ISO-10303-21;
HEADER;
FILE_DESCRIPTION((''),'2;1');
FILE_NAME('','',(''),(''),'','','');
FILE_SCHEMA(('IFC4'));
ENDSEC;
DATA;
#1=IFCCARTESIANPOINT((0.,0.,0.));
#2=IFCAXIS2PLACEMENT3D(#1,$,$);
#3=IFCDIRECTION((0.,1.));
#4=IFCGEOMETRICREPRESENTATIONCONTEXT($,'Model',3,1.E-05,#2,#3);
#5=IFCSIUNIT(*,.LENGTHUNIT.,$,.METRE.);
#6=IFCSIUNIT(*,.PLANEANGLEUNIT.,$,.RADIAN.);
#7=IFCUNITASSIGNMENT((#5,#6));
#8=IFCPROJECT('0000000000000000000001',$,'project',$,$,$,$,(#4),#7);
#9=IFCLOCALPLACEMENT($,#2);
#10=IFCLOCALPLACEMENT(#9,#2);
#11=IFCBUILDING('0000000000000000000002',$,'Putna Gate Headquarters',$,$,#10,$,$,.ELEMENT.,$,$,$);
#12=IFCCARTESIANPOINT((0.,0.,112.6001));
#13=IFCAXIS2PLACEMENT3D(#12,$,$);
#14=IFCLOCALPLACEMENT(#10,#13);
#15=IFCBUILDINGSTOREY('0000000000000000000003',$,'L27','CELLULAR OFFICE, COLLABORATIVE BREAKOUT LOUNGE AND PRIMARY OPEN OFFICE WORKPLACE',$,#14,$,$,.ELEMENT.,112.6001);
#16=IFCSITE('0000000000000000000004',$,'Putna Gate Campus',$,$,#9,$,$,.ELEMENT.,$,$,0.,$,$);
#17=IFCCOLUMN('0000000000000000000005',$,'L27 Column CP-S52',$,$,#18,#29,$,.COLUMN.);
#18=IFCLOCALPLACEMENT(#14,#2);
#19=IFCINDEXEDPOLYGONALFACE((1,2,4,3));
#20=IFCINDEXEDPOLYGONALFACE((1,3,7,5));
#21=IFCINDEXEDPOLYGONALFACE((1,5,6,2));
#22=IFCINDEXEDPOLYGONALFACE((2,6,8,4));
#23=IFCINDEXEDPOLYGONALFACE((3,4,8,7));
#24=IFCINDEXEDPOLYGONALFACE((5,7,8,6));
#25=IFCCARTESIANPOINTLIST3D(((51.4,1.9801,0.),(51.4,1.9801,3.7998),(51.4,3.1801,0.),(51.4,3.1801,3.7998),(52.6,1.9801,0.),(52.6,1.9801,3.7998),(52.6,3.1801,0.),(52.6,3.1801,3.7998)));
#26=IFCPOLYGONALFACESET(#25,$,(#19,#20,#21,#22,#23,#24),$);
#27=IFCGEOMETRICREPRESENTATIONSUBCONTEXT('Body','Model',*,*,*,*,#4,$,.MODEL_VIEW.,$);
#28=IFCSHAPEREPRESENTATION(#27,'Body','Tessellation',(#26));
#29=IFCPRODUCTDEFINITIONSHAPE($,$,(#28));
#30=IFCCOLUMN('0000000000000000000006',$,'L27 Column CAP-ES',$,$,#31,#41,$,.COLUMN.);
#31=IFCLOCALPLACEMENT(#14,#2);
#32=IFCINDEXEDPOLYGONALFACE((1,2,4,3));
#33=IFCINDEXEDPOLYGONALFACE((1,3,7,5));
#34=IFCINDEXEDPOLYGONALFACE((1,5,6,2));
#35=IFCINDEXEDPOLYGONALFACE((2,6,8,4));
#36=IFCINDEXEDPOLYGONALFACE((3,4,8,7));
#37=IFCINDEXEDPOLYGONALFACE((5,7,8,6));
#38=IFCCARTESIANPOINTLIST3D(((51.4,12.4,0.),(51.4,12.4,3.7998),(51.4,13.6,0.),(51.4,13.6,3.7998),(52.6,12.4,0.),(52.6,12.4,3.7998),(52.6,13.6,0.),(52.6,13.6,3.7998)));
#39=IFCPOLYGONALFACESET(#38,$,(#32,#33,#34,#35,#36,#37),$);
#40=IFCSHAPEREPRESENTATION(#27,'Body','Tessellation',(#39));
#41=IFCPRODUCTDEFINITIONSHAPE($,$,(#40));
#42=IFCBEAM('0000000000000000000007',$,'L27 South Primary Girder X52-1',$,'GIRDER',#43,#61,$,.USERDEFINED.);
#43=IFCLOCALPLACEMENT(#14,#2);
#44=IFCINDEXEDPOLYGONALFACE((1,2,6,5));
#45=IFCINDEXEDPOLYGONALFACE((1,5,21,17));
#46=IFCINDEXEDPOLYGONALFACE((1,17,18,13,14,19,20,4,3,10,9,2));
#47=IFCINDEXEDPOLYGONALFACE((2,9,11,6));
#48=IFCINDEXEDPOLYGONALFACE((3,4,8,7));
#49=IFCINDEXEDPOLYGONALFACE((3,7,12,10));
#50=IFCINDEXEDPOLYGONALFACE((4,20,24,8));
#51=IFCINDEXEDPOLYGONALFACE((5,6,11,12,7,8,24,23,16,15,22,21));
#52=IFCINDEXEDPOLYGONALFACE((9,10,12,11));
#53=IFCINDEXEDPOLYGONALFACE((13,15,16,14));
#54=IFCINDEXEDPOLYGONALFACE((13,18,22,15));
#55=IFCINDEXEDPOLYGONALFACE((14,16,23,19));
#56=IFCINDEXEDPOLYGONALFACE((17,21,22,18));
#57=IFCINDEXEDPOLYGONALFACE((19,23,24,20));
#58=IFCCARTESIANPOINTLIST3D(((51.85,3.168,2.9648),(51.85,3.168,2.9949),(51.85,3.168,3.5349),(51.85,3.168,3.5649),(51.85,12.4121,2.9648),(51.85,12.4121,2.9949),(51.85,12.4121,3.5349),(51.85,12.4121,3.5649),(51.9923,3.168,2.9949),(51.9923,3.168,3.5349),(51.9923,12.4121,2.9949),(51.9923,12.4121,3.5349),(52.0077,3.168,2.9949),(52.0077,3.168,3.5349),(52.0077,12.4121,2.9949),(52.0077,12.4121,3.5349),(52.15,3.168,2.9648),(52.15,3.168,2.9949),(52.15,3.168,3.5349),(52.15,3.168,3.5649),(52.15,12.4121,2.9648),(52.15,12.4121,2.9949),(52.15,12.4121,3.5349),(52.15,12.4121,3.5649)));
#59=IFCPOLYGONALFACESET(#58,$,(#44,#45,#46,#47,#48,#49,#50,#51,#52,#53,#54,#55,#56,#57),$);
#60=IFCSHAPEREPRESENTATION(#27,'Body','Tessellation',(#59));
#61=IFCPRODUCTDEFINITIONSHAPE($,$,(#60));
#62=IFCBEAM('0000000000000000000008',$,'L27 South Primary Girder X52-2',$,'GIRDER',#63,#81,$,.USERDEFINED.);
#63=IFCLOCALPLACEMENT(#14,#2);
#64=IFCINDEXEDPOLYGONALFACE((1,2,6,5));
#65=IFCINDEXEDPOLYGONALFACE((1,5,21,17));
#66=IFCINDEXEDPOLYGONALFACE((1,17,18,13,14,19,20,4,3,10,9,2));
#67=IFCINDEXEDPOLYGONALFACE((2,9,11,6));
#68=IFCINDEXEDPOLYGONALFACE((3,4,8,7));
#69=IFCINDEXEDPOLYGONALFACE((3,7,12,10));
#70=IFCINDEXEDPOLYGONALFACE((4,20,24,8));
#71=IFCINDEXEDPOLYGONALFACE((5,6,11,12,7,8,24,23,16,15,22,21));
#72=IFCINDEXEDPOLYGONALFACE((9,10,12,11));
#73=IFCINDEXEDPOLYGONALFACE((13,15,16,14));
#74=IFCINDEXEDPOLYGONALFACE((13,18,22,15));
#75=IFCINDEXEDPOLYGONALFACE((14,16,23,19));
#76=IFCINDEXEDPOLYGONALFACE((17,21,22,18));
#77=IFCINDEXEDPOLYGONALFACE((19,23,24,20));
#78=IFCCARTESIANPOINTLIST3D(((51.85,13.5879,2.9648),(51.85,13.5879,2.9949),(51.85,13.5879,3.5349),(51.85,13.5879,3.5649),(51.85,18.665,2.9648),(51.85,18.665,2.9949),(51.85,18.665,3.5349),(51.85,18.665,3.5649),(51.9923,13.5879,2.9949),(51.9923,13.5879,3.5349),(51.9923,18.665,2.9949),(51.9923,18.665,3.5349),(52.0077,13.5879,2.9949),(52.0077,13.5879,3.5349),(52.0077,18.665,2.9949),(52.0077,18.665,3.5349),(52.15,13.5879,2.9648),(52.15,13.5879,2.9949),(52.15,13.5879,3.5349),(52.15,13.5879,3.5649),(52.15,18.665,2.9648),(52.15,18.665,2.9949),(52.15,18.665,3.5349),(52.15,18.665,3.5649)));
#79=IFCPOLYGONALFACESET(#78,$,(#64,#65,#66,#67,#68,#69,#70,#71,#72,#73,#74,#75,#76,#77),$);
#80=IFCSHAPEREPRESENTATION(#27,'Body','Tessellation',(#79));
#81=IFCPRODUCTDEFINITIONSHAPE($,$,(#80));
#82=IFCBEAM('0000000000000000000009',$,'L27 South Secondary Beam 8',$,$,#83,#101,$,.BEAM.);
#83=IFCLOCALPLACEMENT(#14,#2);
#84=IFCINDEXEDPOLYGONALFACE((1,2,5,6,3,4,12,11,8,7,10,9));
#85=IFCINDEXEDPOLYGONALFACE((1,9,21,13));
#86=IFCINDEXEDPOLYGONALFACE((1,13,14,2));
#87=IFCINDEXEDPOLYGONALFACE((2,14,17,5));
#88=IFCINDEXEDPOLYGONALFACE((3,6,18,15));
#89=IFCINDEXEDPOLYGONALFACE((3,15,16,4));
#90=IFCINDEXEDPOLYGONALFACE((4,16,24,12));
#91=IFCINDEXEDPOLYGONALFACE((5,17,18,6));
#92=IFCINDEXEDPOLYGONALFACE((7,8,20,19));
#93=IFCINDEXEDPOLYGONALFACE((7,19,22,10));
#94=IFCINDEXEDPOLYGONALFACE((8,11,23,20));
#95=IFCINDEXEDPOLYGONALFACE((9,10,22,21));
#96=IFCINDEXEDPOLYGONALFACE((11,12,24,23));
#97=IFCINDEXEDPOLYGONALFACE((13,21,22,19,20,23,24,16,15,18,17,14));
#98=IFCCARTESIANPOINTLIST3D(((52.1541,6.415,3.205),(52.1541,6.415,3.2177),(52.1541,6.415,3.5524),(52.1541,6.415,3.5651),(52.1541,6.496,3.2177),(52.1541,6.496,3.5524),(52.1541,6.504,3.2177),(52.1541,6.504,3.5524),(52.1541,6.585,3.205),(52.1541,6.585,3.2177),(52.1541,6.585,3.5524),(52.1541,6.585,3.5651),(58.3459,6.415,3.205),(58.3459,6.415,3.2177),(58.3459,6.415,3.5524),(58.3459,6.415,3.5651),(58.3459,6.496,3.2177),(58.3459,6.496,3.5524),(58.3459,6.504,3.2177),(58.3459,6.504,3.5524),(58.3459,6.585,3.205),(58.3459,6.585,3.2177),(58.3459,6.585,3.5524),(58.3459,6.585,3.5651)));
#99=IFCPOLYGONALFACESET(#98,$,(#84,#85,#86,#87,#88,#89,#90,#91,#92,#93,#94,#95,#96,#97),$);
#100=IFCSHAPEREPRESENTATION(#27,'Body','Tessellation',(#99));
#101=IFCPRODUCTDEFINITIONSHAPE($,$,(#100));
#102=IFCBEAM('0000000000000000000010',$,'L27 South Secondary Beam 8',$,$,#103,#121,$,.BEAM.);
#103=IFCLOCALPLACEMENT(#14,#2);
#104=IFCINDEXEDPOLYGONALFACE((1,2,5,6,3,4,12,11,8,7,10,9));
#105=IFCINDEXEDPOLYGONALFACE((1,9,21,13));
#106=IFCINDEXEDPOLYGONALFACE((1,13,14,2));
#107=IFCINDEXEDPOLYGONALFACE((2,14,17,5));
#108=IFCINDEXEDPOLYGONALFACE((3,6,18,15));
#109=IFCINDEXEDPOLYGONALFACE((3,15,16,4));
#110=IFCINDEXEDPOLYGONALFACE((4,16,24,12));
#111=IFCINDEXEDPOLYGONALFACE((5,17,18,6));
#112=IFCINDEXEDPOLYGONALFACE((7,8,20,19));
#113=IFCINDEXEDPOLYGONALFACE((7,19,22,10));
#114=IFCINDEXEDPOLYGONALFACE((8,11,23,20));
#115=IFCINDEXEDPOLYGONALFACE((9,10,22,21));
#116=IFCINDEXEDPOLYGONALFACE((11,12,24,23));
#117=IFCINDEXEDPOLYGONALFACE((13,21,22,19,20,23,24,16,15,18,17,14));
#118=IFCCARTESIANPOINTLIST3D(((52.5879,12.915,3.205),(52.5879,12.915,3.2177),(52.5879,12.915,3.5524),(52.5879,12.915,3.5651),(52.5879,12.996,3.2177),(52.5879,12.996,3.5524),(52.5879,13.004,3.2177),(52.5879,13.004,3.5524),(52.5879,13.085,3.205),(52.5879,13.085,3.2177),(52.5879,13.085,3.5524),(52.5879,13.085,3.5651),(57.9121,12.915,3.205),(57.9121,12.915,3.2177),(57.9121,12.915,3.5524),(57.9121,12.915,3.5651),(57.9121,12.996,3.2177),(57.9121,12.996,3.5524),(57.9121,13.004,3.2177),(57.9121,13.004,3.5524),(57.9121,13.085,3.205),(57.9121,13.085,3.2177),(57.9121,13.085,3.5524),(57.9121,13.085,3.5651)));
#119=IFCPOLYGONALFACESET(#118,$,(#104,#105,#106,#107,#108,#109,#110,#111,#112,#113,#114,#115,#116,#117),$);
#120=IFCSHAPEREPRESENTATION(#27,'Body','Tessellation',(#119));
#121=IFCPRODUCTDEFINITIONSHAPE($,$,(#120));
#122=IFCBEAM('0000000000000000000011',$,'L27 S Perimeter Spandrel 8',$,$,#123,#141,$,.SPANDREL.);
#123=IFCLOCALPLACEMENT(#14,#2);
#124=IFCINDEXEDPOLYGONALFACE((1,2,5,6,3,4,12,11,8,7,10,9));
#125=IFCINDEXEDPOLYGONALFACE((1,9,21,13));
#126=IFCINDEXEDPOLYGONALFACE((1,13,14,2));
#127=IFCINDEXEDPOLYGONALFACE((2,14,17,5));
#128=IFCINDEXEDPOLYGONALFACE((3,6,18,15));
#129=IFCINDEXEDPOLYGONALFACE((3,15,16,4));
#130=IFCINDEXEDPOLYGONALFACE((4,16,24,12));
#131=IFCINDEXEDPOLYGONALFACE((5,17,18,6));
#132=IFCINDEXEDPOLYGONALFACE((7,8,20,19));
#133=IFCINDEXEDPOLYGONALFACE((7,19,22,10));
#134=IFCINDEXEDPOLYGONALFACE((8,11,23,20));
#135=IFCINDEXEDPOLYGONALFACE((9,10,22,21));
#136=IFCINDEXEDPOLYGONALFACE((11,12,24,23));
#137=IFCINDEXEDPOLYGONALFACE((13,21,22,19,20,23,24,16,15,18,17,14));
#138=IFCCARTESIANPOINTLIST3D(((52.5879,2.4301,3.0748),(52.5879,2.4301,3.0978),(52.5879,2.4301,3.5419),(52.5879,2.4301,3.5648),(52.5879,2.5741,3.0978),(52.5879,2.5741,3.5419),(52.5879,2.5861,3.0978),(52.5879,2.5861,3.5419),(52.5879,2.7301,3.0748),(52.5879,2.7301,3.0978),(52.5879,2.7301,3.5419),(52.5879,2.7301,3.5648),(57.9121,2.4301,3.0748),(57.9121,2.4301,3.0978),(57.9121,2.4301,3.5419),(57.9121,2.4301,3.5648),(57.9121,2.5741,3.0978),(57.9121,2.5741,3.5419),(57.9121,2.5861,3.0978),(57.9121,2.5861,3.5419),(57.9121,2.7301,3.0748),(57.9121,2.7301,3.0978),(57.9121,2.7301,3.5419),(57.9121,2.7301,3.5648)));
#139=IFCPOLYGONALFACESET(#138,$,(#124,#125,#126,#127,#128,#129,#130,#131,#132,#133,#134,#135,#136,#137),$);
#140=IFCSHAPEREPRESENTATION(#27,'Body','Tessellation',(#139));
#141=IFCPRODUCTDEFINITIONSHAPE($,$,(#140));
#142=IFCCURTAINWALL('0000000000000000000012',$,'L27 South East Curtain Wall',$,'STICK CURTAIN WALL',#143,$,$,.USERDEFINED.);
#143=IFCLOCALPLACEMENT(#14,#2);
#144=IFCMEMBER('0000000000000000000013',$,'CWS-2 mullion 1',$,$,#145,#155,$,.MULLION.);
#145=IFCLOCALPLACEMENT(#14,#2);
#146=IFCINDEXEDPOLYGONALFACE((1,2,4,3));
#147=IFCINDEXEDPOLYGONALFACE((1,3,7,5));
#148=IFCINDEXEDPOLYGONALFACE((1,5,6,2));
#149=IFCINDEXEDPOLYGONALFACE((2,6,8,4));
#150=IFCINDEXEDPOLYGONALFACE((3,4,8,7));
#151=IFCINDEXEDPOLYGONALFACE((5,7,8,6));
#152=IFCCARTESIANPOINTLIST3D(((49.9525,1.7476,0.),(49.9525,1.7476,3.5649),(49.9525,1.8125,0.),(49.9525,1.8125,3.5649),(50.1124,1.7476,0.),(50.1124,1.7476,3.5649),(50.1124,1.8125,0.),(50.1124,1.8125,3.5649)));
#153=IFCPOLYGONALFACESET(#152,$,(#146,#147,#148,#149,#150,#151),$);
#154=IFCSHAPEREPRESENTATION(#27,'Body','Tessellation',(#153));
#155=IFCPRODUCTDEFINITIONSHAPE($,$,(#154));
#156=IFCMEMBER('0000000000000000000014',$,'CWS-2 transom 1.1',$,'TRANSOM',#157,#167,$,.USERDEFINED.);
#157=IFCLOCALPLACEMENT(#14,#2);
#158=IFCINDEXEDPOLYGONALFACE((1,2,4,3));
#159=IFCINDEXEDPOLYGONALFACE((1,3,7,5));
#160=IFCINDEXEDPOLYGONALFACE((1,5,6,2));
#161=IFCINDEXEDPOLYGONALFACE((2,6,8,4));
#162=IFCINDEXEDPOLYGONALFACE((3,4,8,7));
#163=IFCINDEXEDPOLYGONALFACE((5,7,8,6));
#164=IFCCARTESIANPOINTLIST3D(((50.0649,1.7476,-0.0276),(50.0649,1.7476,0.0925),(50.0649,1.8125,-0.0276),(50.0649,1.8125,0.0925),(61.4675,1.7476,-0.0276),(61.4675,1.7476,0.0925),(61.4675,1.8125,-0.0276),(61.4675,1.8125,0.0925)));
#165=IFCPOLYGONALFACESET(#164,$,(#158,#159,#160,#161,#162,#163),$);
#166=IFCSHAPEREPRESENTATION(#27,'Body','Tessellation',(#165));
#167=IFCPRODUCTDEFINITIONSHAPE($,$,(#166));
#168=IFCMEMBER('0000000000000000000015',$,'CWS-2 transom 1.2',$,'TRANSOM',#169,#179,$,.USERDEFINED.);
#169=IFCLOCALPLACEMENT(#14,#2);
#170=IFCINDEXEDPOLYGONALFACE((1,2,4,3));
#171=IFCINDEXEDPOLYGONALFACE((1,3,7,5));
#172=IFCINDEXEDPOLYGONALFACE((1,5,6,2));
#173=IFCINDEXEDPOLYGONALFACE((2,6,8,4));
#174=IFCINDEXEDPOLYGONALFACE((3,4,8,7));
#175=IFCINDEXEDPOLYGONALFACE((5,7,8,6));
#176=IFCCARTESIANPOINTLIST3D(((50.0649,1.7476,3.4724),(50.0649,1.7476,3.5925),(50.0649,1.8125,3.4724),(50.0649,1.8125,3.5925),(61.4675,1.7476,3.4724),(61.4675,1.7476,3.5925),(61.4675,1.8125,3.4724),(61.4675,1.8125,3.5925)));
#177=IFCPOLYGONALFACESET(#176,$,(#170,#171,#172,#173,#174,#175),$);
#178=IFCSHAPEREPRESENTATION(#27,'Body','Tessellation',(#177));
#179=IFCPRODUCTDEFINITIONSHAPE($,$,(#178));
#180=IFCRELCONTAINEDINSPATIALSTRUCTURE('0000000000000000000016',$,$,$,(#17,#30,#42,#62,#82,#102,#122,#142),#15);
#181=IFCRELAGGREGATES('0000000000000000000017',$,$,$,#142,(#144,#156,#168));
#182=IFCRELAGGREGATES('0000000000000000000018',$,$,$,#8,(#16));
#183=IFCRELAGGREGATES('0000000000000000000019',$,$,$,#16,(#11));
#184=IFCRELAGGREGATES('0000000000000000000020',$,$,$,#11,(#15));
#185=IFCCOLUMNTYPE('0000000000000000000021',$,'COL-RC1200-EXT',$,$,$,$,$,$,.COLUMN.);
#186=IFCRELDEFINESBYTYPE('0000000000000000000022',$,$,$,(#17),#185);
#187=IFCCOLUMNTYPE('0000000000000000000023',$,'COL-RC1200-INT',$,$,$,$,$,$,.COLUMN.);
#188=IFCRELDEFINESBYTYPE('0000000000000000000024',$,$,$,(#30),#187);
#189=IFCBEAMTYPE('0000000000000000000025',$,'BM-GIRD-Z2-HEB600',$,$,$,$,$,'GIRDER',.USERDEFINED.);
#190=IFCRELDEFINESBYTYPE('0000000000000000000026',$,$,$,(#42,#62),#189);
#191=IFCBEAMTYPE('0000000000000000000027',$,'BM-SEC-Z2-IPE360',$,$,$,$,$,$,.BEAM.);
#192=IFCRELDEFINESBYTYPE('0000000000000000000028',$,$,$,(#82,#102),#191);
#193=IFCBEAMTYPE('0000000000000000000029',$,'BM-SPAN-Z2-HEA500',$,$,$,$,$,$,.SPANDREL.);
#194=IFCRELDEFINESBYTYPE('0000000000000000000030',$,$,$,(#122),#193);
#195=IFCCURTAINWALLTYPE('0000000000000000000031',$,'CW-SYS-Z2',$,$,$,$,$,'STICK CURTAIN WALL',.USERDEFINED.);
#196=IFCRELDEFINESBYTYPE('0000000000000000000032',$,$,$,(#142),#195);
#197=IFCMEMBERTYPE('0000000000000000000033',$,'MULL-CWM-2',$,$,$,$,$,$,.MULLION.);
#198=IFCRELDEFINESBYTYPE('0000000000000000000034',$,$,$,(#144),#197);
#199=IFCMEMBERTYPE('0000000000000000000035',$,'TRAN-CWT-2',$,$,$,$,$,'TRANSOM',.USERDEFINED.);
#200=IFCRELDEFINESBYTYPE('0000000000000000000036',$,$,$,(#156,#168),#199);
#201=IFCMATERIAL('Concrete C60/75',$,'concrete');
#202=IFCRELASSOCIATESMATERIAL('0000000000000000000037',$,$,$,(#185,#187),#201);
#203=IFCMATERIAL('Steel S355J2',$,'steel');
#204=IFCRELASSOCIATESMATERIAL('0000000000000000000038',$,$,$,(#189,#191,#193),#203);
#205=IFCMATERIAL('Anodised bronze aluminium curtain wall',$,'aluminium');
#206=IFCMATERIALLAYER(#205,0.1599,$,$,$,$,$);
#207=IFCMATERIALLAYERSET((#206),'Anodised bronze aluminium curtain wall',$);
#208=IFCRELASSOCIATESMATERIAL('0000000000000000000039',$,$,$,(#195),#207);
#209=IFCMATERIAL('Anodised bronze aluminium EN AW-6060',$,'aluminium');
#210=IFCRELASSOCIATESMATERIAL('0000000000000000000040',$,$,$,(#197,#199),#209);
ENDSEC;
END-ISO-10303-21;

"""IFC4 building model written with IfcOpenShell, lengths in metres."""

from ifc_helpers import new_model, si_unit, direction, frame, origin, origin_2d, place, context, subcontext, project, spatial, rectangle, i_section, extrude, material, layer, layer_set, material_profile, profile_set, type_object, element, aggregate, save


model = new_model("IFC4")

# Units and contexts
model_context = context("Model", 3, precision=1e-05, world=origin(), true_north=direction((0.0, 1.0)))
body_context = subcontext(model_context, "Body", "Model", "MODEL_VIEW")
ifc_project = project(units=[si_unit("LENGTHUNIT", "METRE"), si_unit("PLANEANGLEUNIT", "RADIAN")], contexts=[model_context])

# Site, building, storey
site_placement = place(None, origin())
site = spatial("IfcSite", under=ifc_project, at=site_placement, Name="Putna Gate Campus", CompositionType="ELEMENT", RefElevation=0.0)
building_placement = place(site_placement, origin())
building = spatial("IfcBuilding", under=site, at=building_placement, Name="Putna Gate Headquarters", CompositionType="ELEMENT")
storey_placement = place(building_placement, frame((0.0, 0.0, 112.6001)))
storey = spatial("IfcBuildingStorey", under=building, at=storey_placement, Name="L27", Description="CELLULAR OFFICE, COLLABORATIVE BREAKOUT LOUNGE AND PRIMARY OPEN OFFICE WORKPLACE", CompositionType="ELEMENT", Elevation=112.6001)

# Columns
ifc_material_1 = material(Name="Concrete C60/75", Category="concrete")
ifc_material_profile_1 = material_profile(ifc_material_1, rectangle(XDim=1.2, YDim=1.2, at=origin_2d()), Name="Concrete C60/75")
ifc_profile_set_1 = profile_set([ifc_material_profile_1], Name="Concrete C60/75")
column_type_1 = type_object("IfcColumnType", Name="COL-RC1200-EXT", PredefinedType="COLUMN", material=ifc_profile_set_1)
column_1_placement = place(storey_placement, frame((52.0, 2.5801, 0.0), z_axis=(0.0, 0.0, 1.0), x_axis=(1.0, 0.0, 0.0)))
element("IfcColumn", 1, at=column_1_placement, inside=storey, type_object=column_type_1, Name="L27 Column CP-S52", PredefinedType="COLUMN", context=body_context, shape_type="SweptSolid", body=[
    extrude(rectangle(XDim=1.2, YDim=1.2, at=origin_2d()), origin(), (0.0, 0.0, 1.0), 3.7998),
])
ifc_material_profile_2 = material_profile(ifc_material_1, rectangle(XDim=1.2, YDim=1.2, at=origin_2d()), Name="Concrete C60/75")
ifc_profile_set_2 = profile_set([ifc_material_profile_2], Name="Concrete C60/75")
column_type_2 = type_object("IfcColumnType", Name="COL-RC1200-INT", PredefinedType="COLUMN", material=ifc_profile_set_2)
column_2_placement = place(storey_placement, frame((52.0, 13.0, 0.0), z_axis=(0.0, 0.0, 1.0), x_axis=(1.0, 0.0, 0.0)))
element("IfcColumn", 2, at=column_2_placement, inside=storey, type_object=column_type_2, Name="L27 Column CAP-ES", PredefinedType="COLUMN", context=body_context, shape_type="SweptSolid", body=[
    extrude(rectangle(XDim=1.2, YDim=1.2, at=origin_2d()), origin(), (0.0, 0.0, 1.0), 3.7998),
])

# Beams
ifc_material_2 = material(Name="Steel S355J2", Category="steel")
ifc_material_profile_3 = material_profile(ifc_material_2, i_section(OverallWidth=0.3, OverallDepth=0.6001, WebThickness=0.0154, FlangeThickness=0.03, at=origin_2d()), Name="Steel S355J2")
ifc_profile_set_3 = profile_set([ifc_material_profile_3], Name="Steel S355J2")
beam_type_1 = type_object("IfcBeamType", Name="BM-GIRD-Z2-HEB600", ElementType="GIRDER", PredefinedType="USERDEFINED", material=ifc_profile_set_3)
beam_1_placement = place(storey_placement, frame((52.0, 3.168, 3.2649), z_axis=(0.0, 1.0, 0.0), x_axis=(-1.0, 0.0, 0.0)))
element("IfcBeam", 3, at=beam_1_placement, inside=storey, type_object=beam_type_1, Name="L27 South Primary Girder X52-1", ObjectType="GIRDER", PredefinedType="USERDEFINED", context=body_context, shape_type="SweptSolid", body=[
    extrude(i_section(OverallWidth=0.3, OverallDepth=0.6001, WebThickness=0.0154, FlangeThickness=0.03, at=origin_2d()), origin(), (0.0, 0.0, 1.0), 9.2441),
])
beam_2_placement = place(storey_placement, frame((52.0, 13.5879, 3.2649), z_axis=(0.0, 1.0, 0.0), x_axis=(-1.0, 0.0, 0.0)))
element("IfcBeam", 4, at=beam_2_placement, inside=storey, type_object=beam_type_1, Name="L27 South Primary Girder X52-2", ObjectType="GIRDER", PredefinedType="USERDEFINED", context=body_context, shape_type="SweptSolid", body=[
    extrude(i_section(OverallWidth=0.3, OverallDepth=0.6001, WebThickness=0.0154, FlangeThickness=0.03, at=origin_2d()), origin(), (0.0, 0.0, 1.0), 5.0771),
])
ifc_material_profile_4 = material_profile(ifc_material_2, i_section(OverallWidth=0.1699, OverallDepth=0.3601, WebThickness=0.0081, FlangeThickness=0.0127, at=origin_2d()), Name="Steel S355J2")
ifc_profile_set_4 = profile_set([ifc_material_profile_4], Name="Steel S355J2")
beam_type_2 = type_object("IfcBeamType", Name="BM-SEC-Z2-IPE360", PredefinedType="BEAM", material=ifc_profile_set_4)
beam_3_placement = place(storey_placement, frame((52.1541, 6.5, 3.385), z_axis=(1.0, 0.0, 0.0), x_axis=(0.0, 1.0, 0.0)))
element("IfcBeam", 5, at=beam_3_placement, inside=storey, type_object=beam_type_2, Name="L27 South Secondary Beam 8", PredefinedType="BEAM", context=body_context, shape_type="SweptSolid", body=[
    extrude(i_section(OverallWidth=0.1699, OverallDepth=0.3601, WebThickness=0.0081, FlangeThickness=0.0127, at=origin_2d()), origin(), (0.0, 0.0, 1.0), 6.1919),
])
beam_4_placement = place(storey_placement, frame((52.5879, 13.0, 3.385), z_axis=(1.0, 0.0, 0.0), x_axis=(0.0, 1.0, 0.0)))
element("IfcBeam", 6, at=beam_4_placement, inside=storey, type_object=beam_type_2, Name="L27 South Secondary Beam 8", PredefinedType="BEAM", context=body_context, shape_type="SweptSolid", body=[
    extrude(i_section(OverallWidth=0.1699, OverallDepth=0.3601, WebThickness=0.0081, FlangeThickness=0.0127, at=origin_2d()), origin(), (0.0, 0.0, 1.0), 5.3242),
])
ifc_material_profile_5 = material_profile(ifc_material_2, i_section(OverallWidth=0.3, OverallDepth=0.49, WebThickness=0.012, FlangeThickness=0.0229, at=origin_2d()), Name="Steel S355J2")
ifc_profile_set_5 = profile_set([ifc_material_profile_5], Name="Steel S355J2")
beam_type_3 = type_object("IfcBeamType", Name="BM-SPAN-Z2-HEA500", PredefinedType="SPANDREL", material=ifc_profile_set_5)
beam_5_placement = place(storey_placement, frame((52.5879, 2.5801, 3.3198), z_axis=(1.0, 0.0, 0.0), x_axis=(0.0, 1.0, 0.0)))
element("IfcBeam", 7, at=beam_5_placement, inside=storey, type_object=beam_type_3, Name="L27 S Perimeter Spandrel 8", PredefinedType="SPANDREL", context=body_context, shape_type="SweptSolid", body=[
    extrude(i_section(OverallWidth=0.3, OverallDepth=0.49, WebThickness=0.012, FlangeThickness=0.0229, at=origin_2d()), origin(), (0.0, 0.0, 1.0), 5.3242),
])

# Curtain wall, members
ifc_material_3 = material(Name="Anodised bronze aluminium curtain wall", Category="aluminium")
ifc_layer_1 = layer(ifc_material_3, 0.1599)
ifc_layer_set_1 = layer_set([ifc_layer_1], Name="Anodised bronze aluminium curtain wall")
curtain_wall_type = type_object("IfcCurtainWallType", Name="CW-SYS-Z2", ElementType="STICK CURTAIN WALL", PredefinedType="USERDEFINED", material=ifc_layer_set_1)
curtain_wall_placement = place(storey_placement, origin())
curtain_wall = element("IfcCurtainWall", 8, at=curtain_wall_placement, inside=storey, type_object=curtain_wall_type, Name="L27 South East Curtain Wall", ObjectType="STICK CURTAIN WALL", PredefinedType="USERDEFINED")
ifc_material_4 = material(Name="Anodised bronze aluminium EN AW-6060", Category="aluminium")
ifc_material_profile_6 = material_profile(ifc_material_4, rectangle(XDim=0.0649, YDim=0.1599, at=origin_2d()), Name="Anodised bronze aluminium EN AW-6060")
ifc_profile_set_6 = profile_set([ifc_material_profile_6], Name="Anodised bronze aluminium EN AW-6060")
member_type_1 = type_object("IfcMemberType", Name="MULL-CWM-2", PredefinedType="MULLION", material=ifc_profile_set_6)
member_1_placement = place(storey_placement, frame((50.0325, 1.78, 0.0), z_axis=(0.0, 0.0, 1.0), x_axis=(0.0, 1.0, 0.0)))
member_1 = element("IfcMember", 9, at=member_1_placement, type_object=member_type_1, Name="CWS-2 mullion 1", PredefinedType="MULLION", context=body_context, shape_type="SweptSolid", body=[
    extrude(rectangle(XDim=0.0649, YDim=0.1599, at=origin_2d()), origin(), (0.0, 0.0, 1.0), 3.5649),
])
ifc_material_profile_7 = material_profile(ifc_material_4, rectangle(XDim=0.0649, YDim=0.1201, at=origin_2d()), Name="Anodised bronze aluminium EN AW-6060")
ifc_profile_set_7 = profile_set([ifc_material_profile_7], Name="Anodised bronze aluminium EN AW-6060")
member_type_2 = type_object("IfcMemberType", Name="TRAN-CWT-2", ElementType="TRANSOM", PredefinedType="USERDEFINED", material=ifc_profile_set_7)
member_2_placement = place(storey_placement, frame((50.0649, 1.78, 0.0325), z_axis=(1.0, 0.0, 0.0), x_axis=(0.0, 1.0, 0.0)))
member_2 = element("IfcMember", 10, at=member_2_placement, type_object=member_type_2, Name="CWS-2 transom 1.1", ObjectType="TRANSOM", PredefinedType="USERDEFINED", context=body_context, shape_type="SweptSolid", body=[
    extrude(rectangle(XDim=0.0649, YDim=0.1201, at=origin_2d()), origin(), (0.0, 0.0, 1.0), 11.4026),
])
member_3_placement = place(storey_placement, frame((50.0649, 1.78, 3.5325), z_axis=(1.0, 0.0, 0.0), x_axis=(0.0, 1.0, 0.0)))
member_3 = element("IfcMember", 11, at=member_3_placement, type_object=member_type_2, Name="CWS-2 transom 1.2", ObjectType="TRANSOM", PredefinedType="USERDEFINED", context=body_context, shape_type="SweptSolid", body=[
    extrude(rectangle(XDim=0.0649, YDim=0.1201, at=origin_2d()), origin(), (0.0, 0.0, 1.0), 11.4026),
])
aggregate(curtain_wall, [member_1, member_2, member_3])

save(model, "model.ifc")
